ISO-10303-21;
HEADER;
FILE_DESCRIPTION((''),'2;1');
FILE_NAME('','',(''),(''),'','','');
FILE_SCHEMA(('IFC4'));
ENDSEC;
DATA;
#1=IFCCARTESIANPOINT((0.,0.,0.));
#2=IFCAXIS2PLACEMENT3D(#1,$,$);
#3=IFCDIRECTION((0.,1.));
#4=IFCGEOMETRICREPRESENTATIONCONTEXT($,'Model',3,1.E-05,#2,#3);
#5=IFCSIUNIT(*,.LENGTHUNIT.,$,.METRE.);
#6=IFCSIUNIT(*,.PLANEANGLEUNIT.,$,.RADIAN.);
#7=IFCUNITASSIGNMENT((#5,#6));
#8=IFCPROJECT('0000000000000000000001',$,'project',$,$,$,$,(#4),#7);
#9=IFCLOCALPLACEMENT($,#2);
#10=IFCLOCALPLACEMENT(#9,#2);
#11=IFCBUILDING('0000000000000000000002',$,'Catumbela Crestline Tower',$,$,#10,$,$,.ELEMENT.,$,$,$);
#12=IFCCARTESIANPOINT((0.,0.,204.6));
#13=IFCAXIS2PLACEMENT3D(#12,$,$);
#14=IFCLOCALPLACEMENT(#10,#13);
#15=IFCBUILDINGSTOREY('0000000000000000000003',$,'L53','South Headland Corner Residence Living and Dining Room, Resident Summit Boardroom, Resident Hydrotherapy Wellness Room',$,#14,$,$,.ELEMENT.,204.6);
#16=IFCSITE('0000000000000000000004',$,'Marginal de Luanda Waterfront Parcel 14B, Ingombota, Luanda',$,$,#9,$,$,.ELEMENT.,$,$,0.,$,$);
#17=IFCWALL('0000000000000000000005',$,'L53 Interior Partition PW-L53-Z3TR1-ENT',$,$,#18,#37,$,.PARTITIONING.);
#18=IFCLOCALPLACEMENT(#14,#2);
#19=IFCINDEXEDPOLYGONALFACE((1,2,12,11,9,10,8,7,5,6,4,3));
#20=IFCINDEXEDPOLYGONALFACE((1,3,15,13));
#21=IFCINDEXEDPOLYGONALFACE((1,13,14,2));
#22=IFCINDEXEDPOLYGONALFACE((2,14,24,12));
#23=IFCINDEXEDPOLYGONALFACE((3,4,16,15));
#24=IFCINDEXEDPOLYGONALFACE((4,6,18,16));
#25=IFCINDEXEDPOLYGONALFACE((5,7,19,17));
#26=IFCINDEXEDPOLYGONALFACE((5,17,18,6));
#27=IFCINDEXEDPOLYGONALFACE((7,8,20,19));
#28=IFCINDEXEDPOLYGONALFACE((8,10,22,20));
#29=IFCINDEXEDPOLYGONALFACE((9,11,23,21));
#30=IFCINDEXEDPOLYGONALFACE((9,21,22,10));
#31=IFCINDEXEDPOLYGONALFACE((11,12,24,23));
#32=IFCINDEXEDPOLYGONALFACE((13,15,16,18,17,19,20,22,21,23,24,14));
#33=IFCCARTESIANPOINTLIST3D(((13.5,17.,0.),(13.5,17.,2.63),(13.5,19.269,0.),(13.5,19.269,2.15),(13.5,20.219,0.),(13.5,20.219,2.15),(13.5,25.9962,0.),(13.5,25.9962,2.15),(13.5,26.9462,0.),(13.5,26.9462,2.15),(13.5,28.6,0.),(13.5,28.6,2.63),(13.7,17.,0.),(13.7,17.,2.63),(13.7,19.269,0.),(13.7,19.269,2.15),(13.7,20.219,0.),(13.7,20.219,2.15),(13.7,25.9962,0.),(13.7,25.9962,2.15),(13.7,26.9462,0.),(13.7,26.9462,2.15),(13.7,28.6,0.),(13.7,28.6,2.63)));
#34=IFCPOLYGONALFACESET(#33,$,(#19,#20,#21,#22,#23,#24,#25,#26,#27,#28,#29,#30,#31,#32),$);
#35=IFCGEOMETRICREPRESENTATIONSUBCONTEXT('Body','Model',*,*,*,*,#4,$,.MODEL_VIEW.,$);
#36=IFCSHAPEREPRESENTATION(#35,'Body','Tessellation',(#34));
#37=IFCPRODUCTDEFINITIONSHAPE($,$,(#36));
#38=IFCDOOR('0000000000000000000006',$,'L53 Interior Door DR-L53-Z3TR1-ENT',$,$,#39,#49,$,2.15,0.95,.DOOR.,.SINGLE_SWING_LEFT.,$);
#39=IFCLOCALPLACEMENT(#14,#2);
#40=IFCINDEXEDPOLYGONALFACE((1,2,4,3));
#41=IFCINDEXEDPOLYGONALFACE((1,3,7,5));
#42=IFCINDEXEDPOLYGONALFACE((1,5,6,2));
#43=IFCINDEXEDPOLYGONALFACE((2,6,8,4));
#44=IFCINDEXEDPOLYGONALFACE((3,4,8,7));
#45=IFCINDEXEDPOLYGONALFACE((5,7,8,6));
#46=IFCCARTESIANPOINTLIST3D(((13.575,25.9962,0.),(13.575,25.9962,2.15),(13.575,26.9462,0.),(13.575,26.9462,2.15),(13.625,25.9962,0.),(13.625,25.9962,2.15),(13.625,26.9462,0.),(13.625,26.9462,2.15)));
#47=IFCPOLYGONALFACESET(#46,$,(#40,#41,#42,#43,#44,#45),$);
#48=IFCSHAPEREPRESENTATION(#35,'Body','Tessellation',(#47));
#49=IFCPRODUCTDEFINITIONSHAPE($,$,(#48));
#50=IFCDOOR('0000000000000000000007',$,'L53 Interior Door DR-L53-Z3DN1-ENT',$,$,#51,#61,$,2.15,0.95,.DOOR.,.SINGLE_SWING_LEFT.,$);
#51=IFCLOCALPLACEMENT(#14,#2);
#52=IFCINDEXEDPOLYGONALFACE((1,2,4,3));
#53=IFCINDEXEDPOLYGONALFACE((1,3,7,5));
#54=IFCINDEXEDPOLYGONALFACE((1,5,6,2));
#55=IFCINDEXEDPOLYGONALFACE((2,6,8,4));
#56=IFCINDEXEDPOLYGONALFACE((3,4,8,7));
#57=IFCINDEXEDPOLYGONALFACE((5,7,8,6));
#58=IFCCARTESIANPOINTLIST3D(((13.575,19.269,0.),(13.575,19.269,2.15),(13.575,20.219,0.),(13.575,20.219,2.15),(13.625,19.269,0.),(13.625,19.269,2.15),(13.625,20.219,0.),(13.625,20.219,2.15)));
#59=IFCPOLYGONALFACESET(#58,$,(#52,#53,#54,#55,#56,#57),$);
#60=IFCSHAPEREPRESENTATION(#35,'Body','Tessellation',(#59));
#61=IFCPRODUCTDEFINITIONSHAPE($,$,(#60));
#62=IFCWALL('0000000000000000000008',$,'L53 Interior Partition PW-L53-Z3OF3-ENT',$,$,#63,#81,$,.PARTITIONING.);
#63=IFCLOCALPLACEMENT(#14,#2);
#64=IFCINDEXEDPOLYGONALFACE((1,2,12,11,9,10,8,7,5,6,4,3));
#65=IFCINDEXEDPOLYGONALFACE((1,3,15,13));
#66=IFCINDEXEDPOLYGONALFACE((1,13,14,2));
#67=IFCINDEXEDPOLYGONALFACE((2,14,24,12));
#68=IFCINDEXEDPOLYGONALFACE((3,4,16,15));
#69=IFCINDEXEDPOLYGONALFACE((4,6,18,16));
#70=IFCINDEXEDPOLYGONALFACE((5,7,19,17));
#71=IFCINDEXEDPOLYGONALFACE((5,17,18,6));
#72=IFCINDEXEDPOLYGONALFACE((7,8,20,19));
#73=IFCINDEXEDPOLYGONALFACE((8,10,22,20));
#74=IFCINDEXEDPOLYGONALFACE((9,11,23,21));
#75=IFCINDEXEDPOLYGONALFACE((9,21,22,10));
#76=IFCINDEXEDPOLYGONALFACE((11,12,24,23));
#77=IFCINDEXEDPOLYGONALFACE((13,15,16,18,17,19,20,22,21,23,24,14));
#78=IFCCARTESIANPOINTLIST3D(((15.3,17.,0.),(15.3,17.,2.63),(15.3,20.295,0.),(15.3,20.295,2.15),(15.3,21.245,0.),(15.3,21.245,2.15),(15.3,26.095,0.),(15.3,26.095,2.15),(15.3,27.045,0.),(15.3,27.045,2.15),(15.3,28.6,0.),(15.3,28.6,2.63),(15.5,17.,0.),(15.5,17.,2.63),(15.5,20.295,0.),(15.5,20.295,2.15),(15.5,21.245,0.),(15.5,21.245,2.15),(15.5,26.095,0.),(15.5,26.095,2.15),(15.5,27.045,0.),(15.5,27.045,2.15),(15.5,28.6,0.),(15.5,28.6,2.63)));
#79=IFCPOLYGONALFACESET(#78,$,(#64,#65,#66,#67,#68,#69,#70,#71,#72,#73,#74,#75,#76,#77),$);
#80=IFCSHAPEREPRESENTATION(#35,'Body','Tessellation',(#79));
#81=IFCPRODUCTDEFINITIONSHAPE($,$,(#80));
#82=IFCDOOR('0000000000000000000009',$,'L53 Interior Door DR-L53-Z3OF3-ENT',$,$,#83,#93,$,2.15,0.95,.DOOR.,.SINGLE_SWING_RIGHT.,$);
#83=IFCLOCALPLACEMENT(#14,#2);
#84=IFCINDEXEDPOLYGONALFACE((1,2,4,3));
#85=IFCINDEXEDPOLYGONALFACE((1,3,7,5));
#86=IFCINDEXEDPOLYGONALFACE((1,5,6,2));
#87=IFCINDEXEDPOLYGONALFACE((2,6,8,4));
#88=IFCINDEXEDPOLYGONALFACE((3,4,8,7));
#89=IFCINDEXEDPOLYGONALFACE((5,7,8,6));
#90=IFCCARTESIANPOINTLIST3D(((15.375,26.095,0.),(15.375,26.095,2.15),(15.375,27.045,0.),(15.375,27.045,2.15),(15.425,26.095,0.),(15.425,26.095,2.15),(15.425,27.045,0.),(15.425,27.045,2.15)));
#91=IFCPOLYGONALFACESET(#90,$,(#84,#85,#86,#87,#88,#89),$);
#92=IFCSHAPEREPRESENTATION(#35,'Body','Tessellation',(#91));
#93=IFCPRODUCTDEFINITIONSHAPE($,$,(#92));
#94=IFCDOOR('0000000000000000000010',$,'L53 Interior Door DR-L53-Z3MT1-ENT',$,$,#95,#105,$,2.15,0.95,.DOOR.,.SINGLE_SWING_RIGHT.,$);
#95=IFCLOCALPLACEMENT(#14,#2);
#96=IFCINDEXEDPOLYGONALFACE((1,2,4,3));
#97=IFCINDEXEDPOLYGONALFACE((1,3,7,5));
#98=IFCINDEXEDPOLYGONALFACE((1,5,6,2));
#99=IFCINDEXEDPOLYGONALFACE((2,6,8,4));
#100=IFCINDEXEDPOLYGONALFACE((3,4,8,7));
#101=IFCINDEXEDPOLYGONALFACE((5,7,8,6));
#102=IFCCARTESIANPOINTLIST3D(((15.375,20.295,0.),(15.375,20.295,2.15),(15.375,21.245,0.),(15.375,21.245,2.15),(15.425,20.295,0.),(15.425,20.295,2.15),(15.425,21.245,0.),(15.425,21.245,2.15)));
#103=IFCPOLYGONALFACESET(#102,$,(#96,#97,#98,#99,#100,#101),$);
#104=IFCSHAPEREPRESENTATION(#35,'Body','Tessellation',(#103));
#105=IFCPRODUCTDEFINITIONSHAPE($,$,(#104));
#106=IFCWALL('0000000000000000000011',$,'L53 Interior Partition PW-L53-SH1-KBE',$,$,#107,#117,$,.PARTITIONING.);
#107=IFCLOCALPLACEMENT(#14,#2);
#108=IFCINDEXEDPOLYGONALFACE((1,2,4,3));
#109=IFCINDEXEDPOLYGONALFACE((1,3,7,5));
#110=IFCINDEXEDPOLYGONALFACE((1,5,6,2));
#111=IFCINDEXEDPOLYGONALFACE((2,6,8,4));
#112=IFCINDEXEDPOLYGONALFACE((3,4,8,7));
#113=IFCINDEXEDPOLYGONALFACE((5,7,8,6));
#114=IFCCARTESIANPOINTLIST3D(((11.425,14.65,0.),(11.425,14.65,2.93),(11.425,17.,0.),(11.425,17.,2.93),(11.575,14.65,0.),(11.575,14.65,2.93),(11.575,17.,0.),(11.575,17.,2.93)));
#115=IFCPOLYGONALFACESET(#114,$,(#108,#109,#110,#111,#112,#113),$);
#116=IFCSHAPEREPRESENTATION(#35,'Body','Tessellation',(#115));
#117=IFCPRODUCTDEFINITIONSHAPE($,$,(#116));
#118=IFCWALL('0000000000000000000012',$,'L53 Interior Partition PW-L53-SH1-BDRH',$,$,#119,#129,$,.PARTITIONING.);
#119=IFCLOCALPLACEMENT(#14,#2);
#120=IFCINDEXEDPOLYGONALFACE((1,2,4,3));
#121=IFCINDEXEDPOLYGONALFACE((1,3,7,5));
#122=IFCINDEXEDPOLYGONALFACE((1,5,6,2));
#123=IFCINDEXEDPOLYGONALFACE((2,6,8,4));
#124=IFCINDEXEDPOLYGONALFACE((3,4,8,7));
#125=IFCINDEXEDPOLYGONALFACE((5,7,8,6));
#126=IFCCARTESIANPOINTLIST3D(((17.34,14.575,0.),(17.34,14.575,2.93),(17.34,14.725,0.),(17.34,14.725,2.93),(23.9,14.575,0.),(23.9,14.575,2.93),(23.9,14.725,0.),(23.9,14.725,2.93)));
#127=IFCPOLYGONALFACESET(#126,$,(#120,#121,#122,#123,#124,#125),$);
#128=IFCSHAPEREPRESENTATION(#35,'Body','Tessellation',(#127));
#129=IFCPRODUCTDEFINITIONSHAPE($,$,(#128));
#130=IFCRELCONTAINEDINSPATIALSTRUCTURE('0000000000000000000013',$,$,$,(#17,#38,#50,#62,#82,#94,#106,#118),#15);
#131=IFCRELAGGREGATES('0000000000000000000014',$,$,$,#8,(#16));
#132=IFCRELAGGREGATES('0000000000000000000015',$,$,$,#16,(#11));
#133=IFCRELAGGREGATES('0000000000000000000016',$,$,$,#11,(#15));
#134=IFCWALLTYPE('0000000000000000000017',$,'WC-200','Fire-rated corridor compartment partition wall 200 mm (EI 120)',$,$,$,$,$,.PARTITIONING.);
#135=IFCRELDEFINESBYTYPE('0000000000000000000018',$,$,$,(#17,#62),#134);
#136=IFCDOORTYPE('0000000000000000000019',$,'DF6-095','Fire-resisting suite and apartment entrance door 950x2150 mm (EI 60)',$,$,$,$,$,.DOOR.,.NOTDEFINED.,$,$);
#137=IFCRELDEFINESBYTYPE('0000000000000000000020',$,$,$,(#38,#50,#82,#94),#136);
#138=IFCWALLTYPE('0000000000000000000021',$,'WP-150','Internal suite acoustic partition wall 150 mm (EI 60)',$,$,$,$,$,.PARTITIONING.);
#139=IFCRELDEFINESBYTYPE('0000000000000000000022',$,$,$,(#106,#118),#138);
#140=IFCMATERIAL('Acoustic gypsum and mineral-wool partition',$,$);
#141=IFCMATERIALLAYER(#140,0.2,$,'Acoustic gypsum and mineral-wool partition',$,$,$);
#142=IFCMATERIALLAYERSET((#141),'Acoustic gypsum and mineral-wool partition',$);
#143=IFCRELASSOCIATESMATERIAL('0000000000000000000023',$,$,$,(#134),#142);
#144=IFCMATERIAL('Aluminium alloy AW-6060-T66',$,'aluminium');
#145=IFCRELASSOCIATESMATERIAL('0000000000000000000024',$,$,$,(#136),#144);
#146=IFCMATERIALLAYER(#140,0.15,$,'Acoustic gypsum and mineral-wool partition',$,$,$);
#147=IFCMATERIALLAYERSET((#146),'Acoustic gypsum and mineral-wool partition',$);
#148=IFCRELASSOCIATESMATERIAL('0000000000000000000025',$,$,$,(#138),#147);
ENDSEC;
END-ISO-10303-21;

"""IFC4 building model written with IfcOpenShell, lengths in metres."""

from ifc_helpers import new_model, si_unit, direction, frame, frame_2d, origin, place, context, subcontext, project, spatial, rectangle, extrude, material, layer, layer_set, type_object, element, fill, save


model = new_model("IFC4")

# Units and contexts
model_context = context("Model", 3, precision=1e-05, world=origin(), true_north=direction((0.0, 1.0)))
body_context = subcontext(model_context, "Body", "Model", "MODEL_VIEW")
ifc_project = project(units=[si_unit("LENGTHUNIT", "METRE"), si_unit("PLANEANGLEUNIT", "RADIAN")], contexts=[model_context])

# Site, building, storey
site_placement = place(None, origin())
site = spatial("IfcSite", under=ifc_project, at=site_placement, Name="Marginal de Luanda Waterfront Parcel 14B, Ingombota, Luanda", CompositionType="ELEMENT", RefElevation=0.0)
building_placement = place(site_placement, origin())
building = spatial("IfcBuilding", under=site, at=building_placement, Name="Catumbela Crestline Tower", CompositionType="ELEMENT")
storey_placement = place(building_placement, frame((0.0, 0.0, 204.6)))
storey = spatial("IfcBuildingStorey", under=building, at=storey_placement, Name="L53", Description="South Headland Corner Residence Living and Dining Room, Resident Summit Boardroom, Resident Hydrotherapy Wellness Room", CompositionType="ELEMENT", Elevation=204.6)

# Walls, openings, doors
ifc_material_1 = material(Name="Acoustic gypsum and mineral-wool partition")
ifc_layer_1 = layer(ifc_material_1, 0.2, Name="Acoustic gypsum and mineral-wool partition")
ifc_layer_set_1 = layer_set([ifc_layer_1], Name="Acoustic gypsum and mineral-wool partition")
wall_type_1 = type_object("IfcWallType", Name="WC-200", Description="Fire-rated corridor compartment partition wall 200 mm (EI 120)", PredefinedType="PARTITIONING", material=ifc_layer_set_1)
wall_1_placement = place(storey_placement, frame((13.6, 17.0, 0.0), z_axis=(0.0, 0.0, 1.0), x_axis=(0.0, 1.0, 0.0)))
wall_1 = element("IfcWall", 1, at=wall_1_placement, inside=storey, type_object=wall_type_1, Name="L53 Interior Partition PW-L53-Z3TR1-ENT", PredefinedType="PARTITIONING", context=body_context, shape_type="SweptSolid", body=[
    extrude(rectangle(XDim=11.6, YDim=0.2, at=frame_2d((5.8, 0.0))), origin(), (0.0, 0.0, 1.0), 2.63),
])
opening_1_placement = place(wall_1_placement, frame((8.9962, 0.0, 0.0)))
opening_1 = element("IfcOpeningElement", 2, at=opening_1_placement, cuts=wall_1, PredefinedType="OPENING", context=body_context, shape_type="SweptSolid", body=[
    extrude(rectangle(XDim=0.95, YDim=2.15, at=frame_2d((0.475, 1.075))), frame((0.0, 0.11, 0.0), z_axis=(0.0, -1.0, 0.0), x_axis=(1.0, 0.0, 0.0)), (0.0, 0.0, 1.0), 0.22),
])
opening_2_placement = place(wall_1_placement, frame((2.269, 0.0, 0.0)))
opening_2 = element("IfcOpeningElement", 3, at=opening_2_placement, cuts=wall_1, PredefinedType="OPENING", context=body_context, shape_type="SweptSolid", body=[
    extrude(rectangle(XDim=0.95, YDim=2.15, at=frame_2d((0.475, 1.075))), frame((0.0, 0.11, 0.0), z_axis=(0.0, -1.0, 0.0), x_axis=(1.0, 0.0, 0.0)), (0.0, 0.0, 1.0), 0.22),
])
ifc_material_2 = material(Name="Aluminium alloy AW-6060-T66", Category="aluminium")
door_type = type_object("IfcDoorType", Name="DF6-095", Description="Fire-resisting suite and apartment entrance door 950x2150 mm (EI 60)", OperationType="NOTDEFINED", PredefinedType="DOOR", material=ifc_material_2)
door_1_placement = place(opening_1_placement, origin())
door_1 = element("IfcDoor", 4, at=door_1_placement, inside=storey, type_object=door_type, Name="L53 Interior Door DR-L53-Z3TR1-ENT", OperationType="SINGLE_SWING_LEFT", OverallHeight=2.15, OverallWidth=0.95, PredefinedType="DOOR", context=body_context, shape_type="SweptSolid", body=[
    extrude(rectangle(XDim=0.95, YDim=2.15, at=frame_2d((0.475, 1.075))), frame((0.0, 0.025, 0.0), z_axis=(0.0, -1.0, 0.0), x_axis=(1.0, 0.0, 0.0)), (0.0, 0.0, 1.0), 0.05),
])
fill(opening_1, door_1)
door_2_placement = place(opening_2_placement, origin())
door_2 = element("IfcDoor", 5, at=door_2_placement, inside=storey, type_object=door_type, Name="L53 Interior Door DR-L53-Z3DN1-ENT", OperationType="SINGLE_SWING_LEFT", OverallHeight=2.15, OverallWidth=0.95, PredefinedType="DOOR", context=body_context, shape_type="SweptSolid", body=[
    extrude(rectangle(XDim=0.95, YDim=2.15, at=frame_2d((0.475, 1.075))), frame((0.0, 0.025, 0.0), z_axis=(0.0, -1.0, 0.0), x_axis=(1.0, 0.0, 0.0)), (0.0, 0.0, 1.0), 0.05),
])
fill(opening_2, door_2)
wall_2_placement = place(storey_placement, frame((15.4, 17.0, 0.0), z_axis=(0.0, 0.0, 1.0), x_axis=(0.0, 1.0, 0.0)))
wall_2 = element("IfcWall", 6, at=wall_2_placement, inside=storey, type_object=wall_type_1, Name="L53 Interior Partition PW-L53-Z3OF3-ENT", PredefinedType="PARTITIONING", context=body_context, shape_type="SweptSolid", body=[
    extrude(rectangle(XDim=11.6, YDim=0.2, at=frame_2d((5.8, 0.0))), origin(), (0.0, 0.0, 1.0), 2.63),
])
opening_3_placement = place(wall_2_placement, frame((9.095, 0.0, 0.0)))
opening_3 = element("IfcOpeningElement", 7, at=opening_3_placement, cuts=wall_2, PredefinedType="OPENING", context=body_context, shape_type="SweptSolid", body=[
    extrude(rectangle(XDim=0.95, YDim=2.15, at=frame_2d((0.475, 1.075))), frame((0.0, 0.11, 0.0), z_axis=(0.0, -1.0, 0.0), x_axis=(1.0, 0.0, 0.0)), (0.0, 0.0, 1.0), 0.22),
])
opening_4_placement = place(wall_2_placement, frame((3.295, 0.0, 0.0)))
opening_4 = element("IfcOpeningElement", 8, at=opening_4_placement, cuts=wall_2, PredefinedType="OPENING", context=body_context, shape_type="SweptSolid", body=[
    extrude(rectangle(XDim=0.95, YDim=2.15, at=frame_2d((0.475, 1.075))), frame((0.0, 0.11, 0.0), z_axis=(0.0, -1.0, 0.0), x_axis=(1.0, 0.0, 0.0)), (0.0, 0.0, 1.0), 0.22),
])
door_3_placement = place(opening_3_placement, origin())
door_3 = element("IfcDoor", 9, at=door_3_placement, inside=storey, type_object=door_type, Name="L53 Interior Door DR-L53-Z3OF3-ENT", OperationType="SINGLE_SWING_RIGHT", OverallHeight=2.15, OverallWidth=0.95, PredefinedType="DOOR", context=body_context, shape_type="SweptSolid", body=[
    extrude(rectangle(XDim=0.95, YDim=2.15, at=frame_2d((0.475, 1.075))), frame((0.0, 0.025, 0.0), z_axis=(0.0, -1.0, 0.0), x_axis=(1.0, 0.0, 0.0)), (0.0, 0.0, 1.0), 0.05),
])
fill(opening_3, door_3)
door_4_placement = place(opening_4_placement, origin())
door_4 = element("IfcDoor", 10, at=door_4_placement, inside=storey, type_object=door_type, Name="L53 Interior Door DR-L53-Z3MT1-ENT", OperationType="SINGLE_SWING_RIGHT", OverallHeight=2.15, OverallWidth=0.95, PredefinedType="DOOR", context=body_context, shape_type="SweptSolid", body=[
    extrude(rectangle(XDim=0.95, YDim=2.15, at=frame_2d((0.475, 1.075))), frame((0.0, 0.025, 0.0), z_axis=(0.0, -1.0, 0.0), x_axis=(1.0, 0.0, 0.0)), (0.0, 0.0, 1.0), 0.05),
])
fill(opening_4, door_4)

# Walls
ifc_layer_2 = layer(ifc_material_1, 0.15, Name="Acoustic gypsum and mineral-wool partition")
ifc_layer_set_2 = layer_set([ifc_layer_2], Name="Acoustic gypsum and mineral-wool partition")
wall_type_2 = type_object("IfcWallType", Name="WP-150", Description="Internal suite acoustic partition wall 150 mm (EI 60)", PredefinedType="PARTITIONING", material=ifc_layer_set_2)
wall_3_placement = place(storey_placement, frame((11.5, 14.65, 0.0), z_axis=(0.0, 0.0, 1.0), x_axis=(0.0, 1.0, 0.0)))
element("IfcWall", 11, at=wall_3_placement, inside=storey, type_object=wall_type_2, Name="L53 Interior Partition PW-L53-SH1-KBE", PredefinedType="PARTITIONING", context=body_context, shape_type="SweptSolid", body=[
    extrude(rectangle(XDim=2.35, YDim=0.15, at=frame_2d((1.175, 0.0))), origin(), (0.0, 0.0, 1.0), 2.93),
])
wall_4_placement = place(storey_placement, frame((17.34, 14.65, 0.0), z_axis=(0.0, 0.0, 1.0), x_axis=(1.0, 0.0, 0.0)))
element("IfcWall", 12, at=wall_4_placement, inside=storey, type_object=wall_type_2, Name="L53 Interior Partition PW-L53-SH1-BDRH", PredefinedType="PARTITIONING", context=body_context, shape_type="SweptSolid", body=[
    extrude(rectangle(XDim=6.56, YDim=0.15, at=frame_2d((3.28, 0.0))), origin(), (0.0, 0.0, 1.0), 2.93),
])

save(model, "model.ifc")
